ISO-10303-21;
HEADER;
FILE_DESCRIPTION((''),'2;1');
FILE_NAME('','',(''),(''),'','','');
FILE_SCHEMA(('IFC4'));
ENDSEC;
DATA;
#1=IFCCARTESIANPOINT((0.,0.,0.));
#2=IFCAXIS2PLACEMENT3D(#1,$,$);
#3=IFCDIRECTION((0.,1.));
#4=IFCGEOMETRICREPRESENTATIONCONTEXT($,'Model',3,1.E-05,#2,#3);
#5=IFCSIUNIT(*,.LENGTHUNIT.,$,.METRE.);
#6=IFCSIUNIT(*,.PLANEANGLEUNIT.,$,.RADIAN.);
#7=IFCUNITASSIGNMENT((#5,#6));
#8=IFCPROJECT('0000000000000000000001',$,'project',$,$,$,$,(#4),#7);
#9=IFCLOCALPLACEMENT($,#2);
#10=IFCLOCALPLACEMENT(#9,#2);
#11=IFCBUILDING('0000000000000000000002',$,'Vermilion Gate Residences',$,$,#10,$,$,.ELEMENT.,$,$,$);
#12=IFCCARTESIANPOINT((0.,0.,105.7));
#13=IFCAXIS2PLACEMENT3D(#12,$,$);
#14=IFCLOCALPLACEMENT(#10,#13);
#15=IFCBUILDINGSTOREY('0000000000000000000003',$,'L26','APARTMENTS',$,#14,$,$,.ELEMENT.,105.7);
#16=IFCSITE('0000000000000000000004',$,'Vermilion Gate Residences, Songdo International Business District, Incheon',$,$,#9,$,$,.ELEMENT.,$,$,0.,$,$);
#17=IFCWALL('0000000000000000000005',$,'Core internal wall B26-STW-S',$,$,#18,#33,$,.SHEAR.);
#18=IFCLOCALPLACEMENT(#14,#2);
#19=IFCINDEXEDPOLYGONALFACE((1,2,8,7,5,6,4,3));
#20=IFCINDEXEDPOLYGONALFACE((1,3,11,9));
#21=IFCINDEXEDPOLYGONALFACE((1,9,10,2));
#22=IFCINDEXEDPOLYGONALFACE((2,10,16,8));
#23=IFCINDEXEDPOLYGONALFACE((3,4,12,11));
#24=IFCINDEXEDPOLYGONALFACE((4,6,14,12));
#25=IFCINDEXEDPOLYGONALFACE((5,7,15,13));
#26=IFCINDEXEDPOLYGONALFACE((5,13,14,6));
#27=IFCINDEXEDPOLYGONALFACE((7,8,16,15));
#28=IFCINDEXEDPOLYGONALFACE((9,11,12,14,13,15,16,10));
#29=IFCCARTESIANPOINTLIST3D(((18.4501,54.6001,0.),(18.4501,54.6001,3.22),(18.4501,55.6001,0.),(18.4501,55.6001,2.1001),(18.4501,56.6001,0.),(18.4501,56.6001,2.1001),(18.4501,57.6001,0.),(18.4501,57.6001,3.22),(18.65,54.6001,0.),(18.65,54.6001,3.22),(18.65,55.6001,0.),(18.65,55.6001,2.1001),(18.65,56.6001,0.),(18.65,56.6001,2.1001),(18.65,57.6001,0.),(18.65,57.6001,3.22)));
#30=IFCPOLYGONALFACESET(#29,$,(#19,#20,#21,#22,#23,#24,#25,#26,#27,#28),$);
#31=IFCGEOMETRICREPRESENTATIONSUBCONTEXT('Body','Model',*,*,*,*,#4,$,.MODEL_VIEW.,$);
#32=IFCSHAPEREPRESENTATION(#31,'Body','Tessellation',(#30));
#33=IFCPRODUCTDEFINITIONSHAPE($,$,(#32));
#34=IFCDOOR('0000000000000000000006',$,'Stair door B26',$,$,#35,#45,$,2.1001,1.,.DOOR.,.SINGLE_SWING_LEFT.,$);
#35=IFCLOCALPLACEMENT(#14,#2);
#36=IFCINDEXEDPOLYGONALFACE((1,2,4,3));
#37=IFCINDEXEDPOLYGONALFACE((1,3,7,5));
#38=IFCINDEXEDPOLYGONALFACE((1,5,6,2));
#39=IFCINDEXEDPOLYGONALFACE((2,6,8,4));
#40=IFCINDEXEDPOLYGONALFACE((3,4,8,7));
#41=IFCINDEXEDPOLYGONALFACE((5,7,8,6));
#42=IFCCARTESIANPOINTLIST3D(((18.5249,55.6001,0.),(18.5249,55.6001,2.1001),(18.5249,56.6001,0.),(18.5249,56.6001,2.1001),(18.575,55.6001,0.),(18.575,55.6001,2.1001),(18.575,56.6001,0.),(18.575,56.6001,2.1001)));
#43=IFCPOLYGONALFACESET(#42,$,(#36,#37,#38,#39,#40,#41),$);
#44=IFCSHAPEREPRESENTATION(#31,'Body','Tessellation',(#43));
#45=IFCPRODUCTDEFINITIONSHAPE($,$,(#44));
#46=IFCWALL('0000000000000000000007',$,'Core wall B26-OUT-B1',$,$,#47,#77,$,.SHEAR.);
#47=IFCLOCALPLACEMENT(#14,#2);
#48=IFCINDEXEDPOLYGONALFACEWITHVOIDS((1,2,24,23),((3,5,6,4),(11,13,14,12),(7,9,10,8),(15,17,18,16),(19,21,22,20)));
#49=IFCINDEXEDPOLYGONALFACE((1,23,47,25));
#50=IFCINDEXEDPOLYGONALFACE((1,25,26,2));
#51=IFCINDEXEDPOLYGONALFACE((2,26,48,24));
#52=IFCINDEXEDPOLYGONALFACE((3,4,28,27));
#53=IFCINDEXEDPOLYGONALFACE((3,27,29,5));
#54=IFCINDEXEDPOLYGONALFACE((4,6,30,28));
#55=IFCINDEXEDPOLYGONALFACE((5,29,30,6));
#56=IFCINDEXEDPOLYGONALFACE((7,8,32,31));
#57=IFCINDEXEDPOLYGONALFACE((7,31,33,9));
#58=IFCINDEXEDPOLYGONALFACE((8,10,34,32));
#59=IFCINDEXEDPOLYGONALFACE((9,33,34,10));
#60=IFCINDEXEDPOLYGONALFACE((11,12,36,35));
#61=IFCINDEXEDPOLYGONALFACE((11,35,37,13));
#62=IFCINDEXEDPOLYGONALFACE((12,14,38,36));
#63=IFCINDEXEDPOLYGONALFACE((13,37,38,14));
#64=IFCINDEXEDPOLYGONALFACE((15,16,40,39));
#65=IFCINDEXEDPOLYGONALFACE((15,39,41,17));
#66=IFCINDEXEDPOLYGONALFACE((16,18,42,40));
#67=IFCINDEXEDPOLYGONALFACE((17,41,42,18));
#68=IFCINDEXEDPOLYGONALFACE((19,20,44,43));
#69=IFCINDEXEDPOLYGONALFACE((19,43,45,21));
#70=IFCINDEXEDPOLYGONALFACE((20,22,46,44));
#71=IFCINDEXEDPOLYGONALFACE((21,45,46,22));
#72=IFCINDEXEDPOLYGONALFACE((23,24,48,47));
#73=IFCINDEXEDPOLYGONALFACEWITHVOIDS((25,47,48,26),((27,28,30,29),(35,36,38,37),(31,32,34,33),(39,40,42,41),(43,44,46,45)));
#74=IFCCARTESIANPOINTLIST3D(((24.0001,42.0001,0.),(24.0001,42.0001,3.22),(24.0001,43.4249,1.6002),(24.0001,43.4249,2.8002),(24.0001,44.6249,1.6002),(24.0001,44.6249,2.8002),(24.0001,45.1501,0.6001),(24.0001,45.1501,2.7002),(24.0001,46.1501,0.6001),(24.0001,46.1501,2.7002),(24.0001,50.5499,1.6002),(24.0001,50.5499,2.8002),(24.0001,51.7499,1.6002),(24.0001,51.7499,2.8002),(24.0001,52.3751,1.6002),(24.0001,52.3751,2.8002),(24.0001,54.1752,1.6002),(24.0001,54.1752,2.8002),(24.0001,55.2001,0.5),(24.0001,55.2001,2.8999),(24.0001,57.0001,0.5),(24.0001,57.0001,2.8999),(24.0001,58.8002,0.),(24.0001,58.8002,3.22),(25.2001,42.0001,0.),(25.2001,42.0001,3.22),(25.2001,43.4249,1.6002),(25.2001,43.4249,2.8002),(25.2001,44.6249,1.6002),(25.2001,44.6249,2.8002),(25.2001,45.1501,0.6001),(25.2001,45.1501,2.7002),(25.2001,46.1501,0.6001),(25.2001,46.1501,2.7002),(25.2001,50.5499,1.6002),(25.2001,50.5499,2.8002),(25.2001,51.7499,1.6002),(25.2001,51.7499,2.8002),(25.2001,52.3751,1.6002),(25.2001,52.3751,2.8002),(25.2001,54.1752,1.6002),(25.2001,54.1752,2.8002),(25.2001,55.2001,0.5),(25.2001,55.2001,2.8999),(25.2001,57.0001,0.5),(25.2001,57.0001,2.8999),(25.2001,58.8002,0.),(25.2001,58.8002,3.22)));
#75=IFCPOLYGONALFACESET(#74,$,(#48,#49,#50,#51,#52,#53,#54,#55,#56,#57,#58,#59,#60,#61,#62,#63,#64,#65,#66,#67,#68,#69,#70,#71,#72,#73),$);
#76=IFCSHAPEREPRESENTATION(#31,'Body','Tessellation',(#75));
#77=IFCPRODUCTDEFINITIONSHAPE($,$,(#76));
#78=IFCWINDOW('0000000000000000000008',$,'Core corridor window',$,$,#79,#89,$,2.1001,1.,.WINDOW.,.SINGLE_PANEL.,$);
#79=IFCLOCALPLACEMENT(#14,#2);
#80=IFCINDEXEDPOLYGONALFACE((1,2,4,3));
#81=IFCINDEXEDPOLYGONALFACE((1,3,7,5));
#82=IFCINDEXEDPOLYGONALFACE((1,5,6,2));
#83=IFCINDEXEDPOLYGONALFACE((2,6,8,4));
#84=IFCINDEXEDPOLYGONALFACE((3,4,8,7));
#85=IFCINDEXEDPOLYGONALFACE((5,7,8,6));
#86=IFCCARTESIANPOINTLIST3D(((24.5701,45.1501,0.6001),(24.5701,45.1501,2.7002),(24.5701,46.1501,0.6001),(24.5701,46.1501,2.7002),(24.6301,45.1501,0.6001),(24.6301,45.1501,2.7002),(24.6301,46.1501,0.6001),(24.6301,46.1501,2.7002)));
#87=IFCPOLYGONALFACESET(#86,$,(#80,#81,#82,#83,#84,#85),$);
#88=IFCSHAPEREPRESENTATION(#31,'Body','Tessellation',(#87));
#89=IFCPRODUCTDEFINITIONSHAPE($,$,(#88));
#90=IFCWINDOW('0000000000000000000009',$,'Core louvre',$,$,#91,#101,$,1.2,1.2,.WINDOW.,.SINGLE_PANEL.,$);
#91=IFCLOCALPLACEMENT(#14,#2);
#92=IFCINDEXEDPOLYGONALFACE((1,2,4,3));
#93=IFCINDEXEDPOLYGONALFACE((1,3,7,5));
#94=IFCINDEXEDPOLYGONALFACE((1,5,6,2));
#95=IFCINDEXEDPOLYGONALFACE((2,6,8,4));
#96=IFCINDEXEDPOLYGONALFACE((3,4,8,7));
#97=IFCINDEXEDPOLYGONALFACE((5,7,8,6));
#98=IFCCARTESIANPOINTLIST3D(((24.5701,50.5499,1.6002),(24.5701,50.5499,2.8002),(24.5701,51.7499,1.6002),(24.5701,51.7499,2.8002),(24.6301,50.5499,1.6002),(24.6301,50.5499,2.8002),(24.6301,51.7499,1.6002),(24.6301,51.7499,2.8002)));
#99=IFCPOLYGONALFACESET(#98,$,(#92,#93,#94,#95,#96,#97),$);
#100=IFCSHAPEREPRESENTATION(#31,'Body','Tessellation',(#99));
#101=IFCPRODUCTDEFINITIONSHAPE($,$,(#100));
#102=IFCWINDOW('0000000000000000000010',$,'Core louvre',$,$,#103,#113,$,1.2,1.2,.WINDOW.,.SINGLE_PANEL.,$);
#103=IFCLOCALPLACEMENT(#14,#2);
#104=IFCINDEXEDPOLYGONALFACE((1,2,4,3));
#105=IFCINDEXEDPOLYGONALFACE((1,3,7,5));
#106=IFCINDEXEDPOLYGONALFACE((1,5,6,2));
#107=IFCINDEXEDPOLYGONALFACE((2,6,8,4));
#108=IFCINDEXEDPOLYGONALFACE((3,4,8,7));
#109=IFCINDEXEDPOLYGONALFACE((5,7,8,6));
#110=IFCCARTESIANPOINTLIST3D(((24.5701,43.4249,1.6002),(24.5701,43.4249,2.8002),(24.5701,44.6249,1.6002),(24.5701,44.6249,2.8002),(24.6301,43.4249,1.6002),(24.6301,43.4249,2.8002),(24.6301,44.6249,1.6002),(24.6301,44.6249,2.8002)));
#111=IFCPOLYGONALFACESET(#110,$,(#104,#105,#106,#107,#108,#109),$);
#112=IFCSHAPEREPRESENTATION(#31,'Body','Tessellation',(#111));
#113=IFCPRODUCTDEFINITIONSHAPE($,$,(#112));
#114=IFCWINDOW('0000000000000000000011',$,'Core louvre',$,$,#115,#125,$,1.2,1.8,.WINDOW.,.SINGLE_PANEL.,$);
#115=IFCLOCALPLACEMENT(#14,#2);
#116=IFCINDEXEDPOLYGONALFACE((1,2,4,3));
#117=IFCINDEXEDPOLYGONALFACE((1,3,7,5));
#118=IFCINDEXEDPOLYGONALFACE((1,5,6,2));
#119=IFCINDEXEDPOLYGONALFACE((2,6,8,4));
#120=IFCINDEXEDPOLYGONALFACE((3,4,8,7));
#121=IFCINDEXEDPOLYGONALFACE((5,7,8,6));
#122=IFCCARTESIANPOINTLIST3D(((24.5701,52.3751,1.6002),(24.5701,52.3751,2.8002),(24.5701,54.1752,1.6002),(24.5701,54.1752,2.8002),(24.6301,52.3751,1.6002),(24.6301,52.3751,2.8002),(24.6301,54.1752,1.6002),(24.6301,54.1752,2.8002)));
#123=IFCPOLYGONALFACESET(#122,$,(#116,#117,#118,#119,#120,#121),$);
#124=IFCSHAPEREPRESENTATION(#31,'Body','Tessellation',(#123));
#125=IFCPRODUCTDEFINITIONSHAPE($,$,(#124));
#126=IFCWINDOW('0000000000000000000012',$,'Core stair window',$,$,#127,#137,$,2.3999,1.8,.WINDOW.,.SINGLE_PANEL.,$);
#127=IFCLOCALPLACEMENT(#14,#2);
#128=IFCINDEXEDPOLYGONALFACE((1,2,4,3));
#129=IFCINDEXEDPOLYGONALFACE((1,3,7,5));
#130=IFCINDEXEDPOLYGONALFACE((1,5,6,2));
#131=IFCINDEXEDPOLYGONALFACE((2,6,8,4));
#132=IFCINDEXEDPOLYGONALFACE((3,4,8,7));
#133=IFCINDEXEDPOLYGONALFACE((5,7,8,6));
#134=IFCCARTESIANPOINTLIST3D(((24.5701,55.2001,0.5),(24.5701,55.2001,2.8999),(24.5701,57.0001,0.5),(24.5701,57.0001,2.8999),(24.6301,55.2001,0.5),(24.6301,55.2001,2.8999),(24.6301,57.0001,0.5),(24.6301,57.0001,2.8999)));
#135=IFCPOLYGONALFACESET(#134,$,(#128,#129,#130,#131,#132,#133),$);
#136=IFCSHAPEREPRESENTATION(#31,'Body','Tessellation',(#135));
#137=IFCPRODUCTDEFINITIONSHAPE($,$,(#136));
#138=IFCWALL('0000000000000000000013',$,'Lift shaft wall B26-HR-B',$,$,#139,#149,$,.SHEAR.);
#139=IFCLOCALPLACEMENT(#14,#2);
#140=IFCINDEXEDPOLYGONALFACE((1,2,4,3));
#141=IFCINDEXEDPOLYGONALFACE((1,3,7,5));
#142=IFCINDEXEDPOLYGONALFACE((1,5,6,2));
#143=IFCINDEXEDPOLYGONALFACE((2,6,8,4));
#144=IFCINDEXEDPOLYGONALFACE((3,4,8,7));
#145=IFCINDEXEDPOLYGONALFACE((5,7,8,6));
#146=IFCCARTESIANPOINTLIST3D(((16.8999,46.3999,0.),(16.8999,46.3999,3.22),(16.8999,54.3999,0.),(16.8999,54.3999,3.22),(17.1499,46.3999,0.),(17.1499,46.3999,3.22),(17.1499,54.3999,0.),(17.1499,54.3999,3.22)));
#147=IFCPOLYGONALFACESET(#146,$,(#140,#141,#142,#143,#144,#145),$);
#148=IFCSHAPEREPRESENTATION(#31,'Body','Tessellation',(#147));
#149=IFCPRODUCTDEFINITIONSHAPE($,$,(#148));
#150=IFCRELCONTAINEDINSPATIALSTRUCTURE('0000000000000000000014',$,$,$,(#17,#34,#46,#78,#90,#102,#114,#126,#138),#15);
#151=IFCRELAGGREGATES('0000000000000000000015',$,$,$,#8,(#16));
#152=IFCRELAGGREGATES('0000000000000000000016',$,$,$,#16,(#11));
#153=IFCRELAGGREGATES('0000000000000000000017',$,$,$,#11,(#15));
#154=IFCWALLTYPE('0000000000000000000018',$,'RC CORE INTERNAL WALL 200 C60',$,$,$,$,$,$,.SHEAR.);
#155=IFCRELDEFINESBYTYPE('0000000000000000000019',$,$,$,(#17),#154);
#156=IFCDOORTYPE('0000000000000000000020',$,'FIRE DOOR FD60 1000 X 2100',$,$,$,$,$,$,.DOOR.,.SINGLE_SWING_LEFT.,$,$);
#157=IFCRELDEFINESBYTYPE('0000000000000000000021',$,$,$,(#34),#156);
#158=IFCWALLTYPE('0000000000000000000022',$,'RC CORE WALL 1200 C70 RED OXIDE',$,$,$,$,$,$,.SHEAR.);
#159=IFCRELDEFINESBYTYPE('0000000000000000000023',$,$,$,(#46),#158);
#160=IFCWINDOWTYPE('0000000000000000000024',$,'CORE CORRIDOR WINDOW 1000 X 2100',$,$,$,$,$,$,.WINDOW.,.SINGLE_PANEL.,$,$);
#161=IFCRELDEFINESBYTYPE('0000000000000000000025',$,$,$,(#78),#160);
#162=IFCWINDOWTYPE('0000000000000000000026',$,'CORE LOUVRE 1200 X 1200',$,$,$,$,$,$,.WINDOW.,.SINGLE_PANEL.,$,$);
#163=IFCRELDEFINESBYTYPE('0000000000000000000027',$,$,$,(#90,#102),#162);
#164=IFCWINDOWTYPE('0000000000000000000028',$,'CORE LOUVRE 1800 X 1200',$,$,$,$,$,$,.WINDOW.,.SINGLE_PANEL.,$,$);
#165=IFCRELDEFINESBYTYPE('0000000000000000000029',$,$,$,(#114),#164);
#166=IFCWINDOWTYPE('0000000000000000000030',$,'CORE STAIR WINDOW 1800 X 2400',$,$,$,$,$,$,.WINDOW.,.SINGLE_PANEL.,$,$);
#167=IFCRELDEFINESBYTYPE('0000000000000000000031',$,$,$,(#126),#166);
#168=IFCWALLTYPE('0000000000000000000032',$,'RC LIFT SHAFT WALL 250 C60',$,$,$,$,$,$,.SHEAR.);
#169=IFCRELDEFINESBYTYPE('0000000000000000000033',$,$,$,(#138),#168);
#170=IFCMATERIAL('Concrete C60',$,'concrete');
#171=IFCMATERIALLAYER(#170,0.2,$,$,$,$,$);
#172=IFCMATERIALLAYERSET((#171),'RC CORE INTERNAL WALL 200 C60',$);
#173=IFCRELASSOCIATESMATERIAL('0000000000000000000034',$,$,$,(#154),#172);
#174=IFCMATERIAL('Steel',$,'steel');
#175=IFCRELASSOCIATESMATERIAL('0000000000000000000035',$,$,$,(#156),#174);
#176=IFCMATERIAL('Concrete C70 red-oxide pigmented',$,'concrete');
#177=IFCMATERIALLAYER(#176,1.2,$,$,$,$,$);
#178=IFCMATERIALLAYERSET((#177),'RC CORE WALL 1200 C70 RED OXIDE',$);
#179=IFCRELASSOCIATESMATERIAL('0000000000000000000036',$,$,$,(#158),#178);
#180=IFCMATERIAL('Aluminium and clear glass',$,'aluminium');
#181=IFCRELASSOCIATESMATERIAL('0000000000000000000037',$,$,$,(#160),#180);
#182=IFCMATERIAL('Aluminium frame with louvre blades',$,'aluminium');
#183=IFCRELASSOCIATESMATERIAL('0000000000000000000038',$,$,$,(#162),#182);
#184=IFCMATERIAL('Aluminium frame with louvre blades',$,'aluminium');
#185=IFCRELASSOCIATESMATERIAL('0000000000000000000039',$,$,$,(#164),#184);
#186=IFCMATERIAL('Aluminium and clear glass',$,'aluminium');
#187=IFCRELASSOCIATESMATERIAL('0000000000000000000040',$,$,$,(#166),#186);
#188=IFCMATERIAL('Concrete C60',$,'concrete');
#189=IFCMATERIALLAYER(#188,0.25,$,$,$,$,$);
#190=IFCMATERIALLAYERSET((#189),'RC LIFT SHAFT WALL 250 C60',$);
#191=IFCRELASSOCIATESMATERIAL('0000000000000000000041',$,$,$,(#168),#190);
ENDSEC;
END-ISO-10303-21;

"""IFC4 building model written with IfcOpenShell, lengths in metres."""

from ifc_helpers import new_model, si_unit, direction, frame, frame_2d, origin, place, context, subcontext, project, spatial, rectangle, extrude, material, layer, layer_set, type_object, element, fill, save


model = new_model("IFC4")

# Units and contexts
model_context = context("Model", 3, precision=1e-05, world=origin(), true_north=direction((0.0, 1.0)))
body_context = subcontext(model_context, "Body", "Model", "MODEL_VIEW")
ifc_project = project(units=[si_unit("LENGTHUNIT", "METRE"), si_unit("PLANEANGLEUNIT", "RADIAN")], contexts=[model_context])

# Site, building, storey
site_placement = place(None, origin())
site = spatial("IfcSite", under=ifc_project, at=site_placement, Name="Vermilion Gate Residences, Songdo International Business District, Incheon", CompositionType="ELEMENT", RefElevation=0.0)
building_placement = place(site_placement, origin())
building = spatial("IfcBuilding", under=site, at=building_placement, Name="Vermilion Gate Residences", CompositionType="ELEMENT")
storey_placement = place(building_placement, frame((0.0, 0.0, 105.7)))
storey = spatial("IfcBuildingStorey", under=building, at=storey_placement, Name="L26", Description="APARTMENTS", CompositionType="ELEMENT", Elevation=105.7)

# Shared definitions
ifc_material_1 = material(Name="Concrete C60", Category="concrete")
ifc_layer_1 = layer(ifc_material_1, 0.2)
ifc_layer_set_1 = layer_set([ifc_layer_1], Name="RC CORE INTERNAL WALL 200 C60")
wall_type_1 = type_object("IfcWallType", Name="RC CORE INTERNAL WALL 200 C60", PredefinedType="SHEAR", material=ifc_layer_set_1)

# Wall, opening, door
wall_1_placement = place(storey_placement, frame((18.55, 57.6001, 0.0), z_axis=(0.0, 0.0, 1.0), x_axis=(0.0, -1.0, 0.0)))
wall_1 = element("IfcWall", 1, at=wall_1_placement, inside=storey, type_object=wall_type_1, Name="Core internal wall B26-STW-S", PredefinedType="SHEAR", context=body_context, shape_type="SweptSolid", body=[
    extrude(rectangle(XDim=3.0, YDim=0.2, at=frame_2d((1.5, 0.0))), origin(), (0.0, 0.0, 1.0), 3.22),
])
opening_1_placement = place(wall_1_placement, frame((1.0, 0.0, 0.0)))
opening_1 = element("IfcOpeningElement", 2, at=opening_1_placement, cuts=wall_1, PredefinedType="OPENING", context=body_context, shape_type="SweptSolid", body=[
    extrude(rectangle(XDim=1.0, YDim=2.1001, at=frame_2d((0.5, 1.05))), frame((0.0, 0.1099, 0.0), z_axis=(0.0, -1.0, 0.0), x_axis=(1.0, 0.0, 0.0)), (0.0, 0.0, 1.0), 0.22),
])
ifc_material_2 = material(Name="Steel", Category="steel")
door_type_1 = type_object("IfcDoorType", Name="FIRE DOOR FD60 1000 X 2100", OperationType="SINGLE_SWING_LEFT", PredefinedType="DOOR", material=ifc_material_2)
door_1_placement = place(opening_1_placement, origin())
door_1 = element("IfcDoor", 3, at=door_1_placement, inside=storey, type_object=door_type_1, Name="Stair door B26", OperationType="SINGLE_SWING_LEFT", OverallHeight=2.1001, OverallWidth=1.0, PredefinedType="DOOR", context=body_context, shape_type="SweptSolid", body=[
    extrude(rectangle(XDim=1.0, YDim=2.1001, at=frame_2d((0.5, 1.05))), frame((0.0, 0.0249, 0.0), z_axis=(0.0, -1.0, 0.0), x_axis=(1.0, 0.0, 0.0)), (0.0, 0.0, 1.0), 0.05),
])
fill(opening_1, door_1)

# Wall, openings, windows
ifc_material_3 = material(Name="Concrete C70 red-oxide pigmented", Category="concrete")
ifc_layer_2 = layer(ifc_material_3, 1.2)
ifc_layer_set_2 = layer_set([ifc_layer_2], Name="RC CORE WALL 1200 C70 RED OXIDE")
wall_type_2 = type_object("IfcWallType", Name="RC CORE WALL 1200 C70 RED OXIDE", PredefinedType="SHEAR", material=ifc_layer_set_2)
wall_2_placement = place(storey_placement, frame((24.6001, 58.8, 0.0), z_axis=(0.0, 0.0, 1.0), x_axis=(0.0, -1.0, 0.0)))
wall_2 = element("IfcWall", 4, at=wall_2_placement, inside=storey, type_object=wall_type_2, Name="Core wall B26-OUT-B1", PredefinedType="SHEAR", context=body_context, shape_type="SweptSolid", body=[
    extrude(rectangle(XDim=16.8, YDim=1.2, at=frame_2d((8.3999, 0.0))), origin(), (0.0, 0.0, 1.0), 3.22),
])
opening_2_placement = place(wall_2_placement, frame((1.8, 0.0, 0.5)))
opening_2 = element("IfcOpeningElement", 5, at=opening_2_placement, cuts=wall_2, PredefinedType="OPENING", context=body_context, shape_type="SweptSolid", body=[
    extrude(rectangle(XDim=1.8, YDim=2.3999, at=frame_2d((0.8999, 1.2))), frame((0.0, 0.6099, 0.0), z_axis=(0.0, -1.0, 0.0), x_axis=(1.0, 0.0, 0.0)), (0.0, 0.0, 1.0), 1.22),
])
opening_3_placement = place(wall_2_placement, frame((4.625, 0.0, 1.6001)))
opening_3 = element("IfcOpeningElement", 6, at=opening_3_placement, cuts=wall_2, PredefinedType="OPENING", context=body_context, shape_type="SweptSolid", body=[
    extrude(rectangle(XDim=1.8, YDim=1.2, at=frame_2d((0.8999, 0.6001))), frame((0.0, 0.6099, 0.0), z_axis=(0.0, -1.0, 0.0), x_axis=(1.0, 0.0, 0.0)), (0.0, 0.0, 1.0), 1.22),
])
opening_4_placement = place(wall_2_placement, frame((7.05, 0.0, 1.6001)))
opening_4 = element("IfcOpeningElement", 7, at=opening_4_placement, cuts=wall_2, PredefinedType="OPENING", context=body_context, shape_type="SweptSolid", body=[
    extrude(rectangle(XDim=1.2, YDim=1.2, at=frame_2d((0.6001, 0.6001))), frame((0.0, 0.6099, 0.0), z_axis=(0.0, -1.0, 0.0), x_axis=(1.0, 0.0, 0.0)), (0.0, 0.0, 1.0), 1.22),
])
opening_5_placement = place(wall_2_placement, frame((12.6499, 0.0, 0.6001)))
opening_5 = element("IfcOpeningElement", 8, at=opening_5_placement, cuts=wall_2, PredefinedType="OPENING", context=body_context, shape_type="SweptSolid", body=[
    extrude(rectangle(XDim=1.0, YDim=2.1001, at=frame_2d((0.5, 1.05))), frame((0.0, 0.6099, 0.0), z_axis=(0.0, -1.0, 0.0), x_axis=(1.0, 0.0, 0.0)), (0.0, 0.0, 1.0), 1.22),
])
opening_6_placement = place(wall_2_placement, frame((14.175, 0.0, 1.6001)))
opening_6 = element("IfcOpeningElement", 9, at=opening_6_placement, cuts=wall_2, PredefinedType="OPENING", context=body_context, shape_type="SweptSolid", body=[
    extrude(rectangle(XDim=1.2, YDim=1.2, at=frame_2d((0.6001, 0.6001))), frame((0.0, 0.6099, 0.0), z_axis=(0.0, -1.0, 0.0), x_axis=(1.0, 0.0, 0.0)), (0.0, 0.0, 1.0), 1.22),
])
ifc_material_4 = material(Name="Aluminium and clear glass", Category="aluminium")
window_type_1 = type_object("IfcWindowType", Name="CORE CORRIDOR WINDOW 1000 X 2100", PartitioningType="SINGLE_PANEL", PredefinedType="WINDOW", material=ifc_material_4)
window_1_placement = place(opening_5_placement, origin())
window_1 = element("IfcWindow", 10, at=window_1_placement, inside=storey, type_object=window_type_1, Name="Core corridor window", OverallHeight=2.1001, OverallWidth=1.0, PartitioningType="SINGLE_PANEL", PredefinedType="WINDOW", context=body_context, shape_type="SweptSolid", body=[
    extrude(rectangle(XDim=1.0, YDim=2.1001, at=frame_2d((0.5, 1.05))), frame((0.0, 0.03, 0.0), z_axis=(0.0, -1.0, 0.0), x_axis=(1.0, 0.0, 0.0)), (0.0, 0.0, 1.0), 0.0601),
])
fill(opening_5, window_1)
ifc_material_5 = material(Name="Aluminium frame with louvre blades", Category="aluminium")
window_type_2 = type_object("IfcWindowType", Name="CORE LOUVRE 1200 X 1200", PartitioningType="SINGLE_PANEL", PredefinedType="WINDOW", material=ifc_material_5)
window_2_placement = place(opening_4_placement, origin())
window_2 = element("IfcWindow", 11, at=window_2_placement, inside=storey, type_object=window_type_2, Name="Core louvre", OverallHeight=1.2, OverallWidth=1.2, PartitioningType="SINGLE_PANEL", PredefinedType="WINDOW", context=body_context, shape_type="SweptSolid", body=[
    extrude(rectangle(XDim=1.2, YDim=1.2, at=frame_2d((0.6001, 0.6001))), frame((0.0, 0.03, 0.0), z_axis=(0.0, -1.0, 0.0), x_axis=(1.0, 0.0, 0.0)), (0.0, 0.0, 1.0), 0.0601),
])
fill(opening_4, window_2)
window_3_placement = place(opening_6_placement, origin())
window_3 = element("IfcWindow", 12, at=window_3_placement, inside=storey, type_object=window_type_2, Name="Core louvre", OverallHeight=1.2, OverallWidth=1.2, PartitioningType="SINGLE_PANEL", PredefinedType="WINDOW", context=body_context, shape_type="SweptSolid", body=[
    extrude(rectangle(XDim=1.2, YDim=1.2, at=frame_2d((0.6001, 0.6001))), frame((0.0, 0.03, 0.0), z_axis=(0.0, -1.0, 0.0), x_axis=(1.0, 0.0, 0.0)), (0.0, 0.0, 1.0), 0.0601),
])
fill(opening_6, window_3)
ifc_material_6 = material(Name="Aluminium frame with louvre blades", Category="aluminium")
window_type_3 = type_object("IfcWindowType", Name="CORE LOUVRE 1800 X 1200", PartitioningType="SINGLE_PANEL", PredefinedType="WINDOW", material=ifc_material_6)
window_4_placement = place(opening_3_placement, origin())
window_4 = element("IfcWindow", 13, at=window_4_placement, inside=storey, type_object=window_type_3, Name="Core louvre", OverallHeight=1.2, OverallWidth=1.8, PartitioningType="SINGLE_PANEL", PredefinedType="WINDOW", context=body_context, shape_type="SweptSolid", body=[
    extrude(rectangle(XDim=1.8, YDim=1.2, at=frame_2d((0.8999, 0.6001))), frame((0.0, 0.03, 0.0), z_axis=(0.0, -1.0, 0.0), x_axis=(1.0, 0.0, 0.0)), (0.0, 0.0, 1.0), 0.0601),
])
fill(opening_3, window_4)
ifc_material_7 = material(Name="Aluminium and clear glass", Category="aluminium")
window_type_4 = type_object("IfcWindowType", Name="CORE STAIR WINDOW 1800 X 2400", PartitioningType="SINGLE_PANEL", PredefinedType="WINDOW", material=ifc_material_7)
window_5_placement = place(opening_2_placement, origin())
window_5 = element("IfcWindow", 14, at=window_5_placement, inside=storey, type_object=window_type_4, Name="Core stair window", OverallHeight=2.3999, OverallWidth=1.8, PartitioningType="SINGLE_PANEL", PredefinedType="WINDOW", context=body_context, shape_type="SweptSolid", body=[
    extrude(rectangle(XDim=1.8, YDim=2.3999, at=frame_2d((0.8999, 1.2))), frame((0.0, 0.03, 0.0), z_axis=(0.0, -1.0, 0.0), x_axis=(1.0, 0.0, 0.0)), (0.0, 0.0, 1.0), 0.0601),
])
fill(opening_2, window_5)

# Wall
ifc_material_8 = material(Name="Concrete C60", Category="concrete")
ifc_layer_3 = layer(ifc_material_8, 0.25)
ifc_layer_set_3 = layer_set([ifc_layer_3], Name="RC LIFT SHAFT WALL 250 C60")
wall_type_3 = type_object("IfcWallType", Name="RC LIFT SHAFT WALL 250 C60", PredefinedType="SHEAR", material=ifc_layer_set_3)
wall_3_placement = place(storey_placement, frame((17.0249, 54.3999, 0.0), z_axis=(0.0, 0.0, 1.0), x_axis=(0.0, -1.0, 0.0)))
element("IfcWall", 15, at=wall_3_placement, inside=storey, type_object=wall_type_3, Name="Lift shaft wall B26-HR-B", PredefinedType="SHEAR", context=body_context, shape_type="SweptSolid", body=[
    extrude(rectangle(XDim=8.0, YDim=0.25, at=frame_2d((4.0, 0.0))), origin(), (0.0, 0.0, 1.0), 3.22),
])

save(model, "model.ifc")
